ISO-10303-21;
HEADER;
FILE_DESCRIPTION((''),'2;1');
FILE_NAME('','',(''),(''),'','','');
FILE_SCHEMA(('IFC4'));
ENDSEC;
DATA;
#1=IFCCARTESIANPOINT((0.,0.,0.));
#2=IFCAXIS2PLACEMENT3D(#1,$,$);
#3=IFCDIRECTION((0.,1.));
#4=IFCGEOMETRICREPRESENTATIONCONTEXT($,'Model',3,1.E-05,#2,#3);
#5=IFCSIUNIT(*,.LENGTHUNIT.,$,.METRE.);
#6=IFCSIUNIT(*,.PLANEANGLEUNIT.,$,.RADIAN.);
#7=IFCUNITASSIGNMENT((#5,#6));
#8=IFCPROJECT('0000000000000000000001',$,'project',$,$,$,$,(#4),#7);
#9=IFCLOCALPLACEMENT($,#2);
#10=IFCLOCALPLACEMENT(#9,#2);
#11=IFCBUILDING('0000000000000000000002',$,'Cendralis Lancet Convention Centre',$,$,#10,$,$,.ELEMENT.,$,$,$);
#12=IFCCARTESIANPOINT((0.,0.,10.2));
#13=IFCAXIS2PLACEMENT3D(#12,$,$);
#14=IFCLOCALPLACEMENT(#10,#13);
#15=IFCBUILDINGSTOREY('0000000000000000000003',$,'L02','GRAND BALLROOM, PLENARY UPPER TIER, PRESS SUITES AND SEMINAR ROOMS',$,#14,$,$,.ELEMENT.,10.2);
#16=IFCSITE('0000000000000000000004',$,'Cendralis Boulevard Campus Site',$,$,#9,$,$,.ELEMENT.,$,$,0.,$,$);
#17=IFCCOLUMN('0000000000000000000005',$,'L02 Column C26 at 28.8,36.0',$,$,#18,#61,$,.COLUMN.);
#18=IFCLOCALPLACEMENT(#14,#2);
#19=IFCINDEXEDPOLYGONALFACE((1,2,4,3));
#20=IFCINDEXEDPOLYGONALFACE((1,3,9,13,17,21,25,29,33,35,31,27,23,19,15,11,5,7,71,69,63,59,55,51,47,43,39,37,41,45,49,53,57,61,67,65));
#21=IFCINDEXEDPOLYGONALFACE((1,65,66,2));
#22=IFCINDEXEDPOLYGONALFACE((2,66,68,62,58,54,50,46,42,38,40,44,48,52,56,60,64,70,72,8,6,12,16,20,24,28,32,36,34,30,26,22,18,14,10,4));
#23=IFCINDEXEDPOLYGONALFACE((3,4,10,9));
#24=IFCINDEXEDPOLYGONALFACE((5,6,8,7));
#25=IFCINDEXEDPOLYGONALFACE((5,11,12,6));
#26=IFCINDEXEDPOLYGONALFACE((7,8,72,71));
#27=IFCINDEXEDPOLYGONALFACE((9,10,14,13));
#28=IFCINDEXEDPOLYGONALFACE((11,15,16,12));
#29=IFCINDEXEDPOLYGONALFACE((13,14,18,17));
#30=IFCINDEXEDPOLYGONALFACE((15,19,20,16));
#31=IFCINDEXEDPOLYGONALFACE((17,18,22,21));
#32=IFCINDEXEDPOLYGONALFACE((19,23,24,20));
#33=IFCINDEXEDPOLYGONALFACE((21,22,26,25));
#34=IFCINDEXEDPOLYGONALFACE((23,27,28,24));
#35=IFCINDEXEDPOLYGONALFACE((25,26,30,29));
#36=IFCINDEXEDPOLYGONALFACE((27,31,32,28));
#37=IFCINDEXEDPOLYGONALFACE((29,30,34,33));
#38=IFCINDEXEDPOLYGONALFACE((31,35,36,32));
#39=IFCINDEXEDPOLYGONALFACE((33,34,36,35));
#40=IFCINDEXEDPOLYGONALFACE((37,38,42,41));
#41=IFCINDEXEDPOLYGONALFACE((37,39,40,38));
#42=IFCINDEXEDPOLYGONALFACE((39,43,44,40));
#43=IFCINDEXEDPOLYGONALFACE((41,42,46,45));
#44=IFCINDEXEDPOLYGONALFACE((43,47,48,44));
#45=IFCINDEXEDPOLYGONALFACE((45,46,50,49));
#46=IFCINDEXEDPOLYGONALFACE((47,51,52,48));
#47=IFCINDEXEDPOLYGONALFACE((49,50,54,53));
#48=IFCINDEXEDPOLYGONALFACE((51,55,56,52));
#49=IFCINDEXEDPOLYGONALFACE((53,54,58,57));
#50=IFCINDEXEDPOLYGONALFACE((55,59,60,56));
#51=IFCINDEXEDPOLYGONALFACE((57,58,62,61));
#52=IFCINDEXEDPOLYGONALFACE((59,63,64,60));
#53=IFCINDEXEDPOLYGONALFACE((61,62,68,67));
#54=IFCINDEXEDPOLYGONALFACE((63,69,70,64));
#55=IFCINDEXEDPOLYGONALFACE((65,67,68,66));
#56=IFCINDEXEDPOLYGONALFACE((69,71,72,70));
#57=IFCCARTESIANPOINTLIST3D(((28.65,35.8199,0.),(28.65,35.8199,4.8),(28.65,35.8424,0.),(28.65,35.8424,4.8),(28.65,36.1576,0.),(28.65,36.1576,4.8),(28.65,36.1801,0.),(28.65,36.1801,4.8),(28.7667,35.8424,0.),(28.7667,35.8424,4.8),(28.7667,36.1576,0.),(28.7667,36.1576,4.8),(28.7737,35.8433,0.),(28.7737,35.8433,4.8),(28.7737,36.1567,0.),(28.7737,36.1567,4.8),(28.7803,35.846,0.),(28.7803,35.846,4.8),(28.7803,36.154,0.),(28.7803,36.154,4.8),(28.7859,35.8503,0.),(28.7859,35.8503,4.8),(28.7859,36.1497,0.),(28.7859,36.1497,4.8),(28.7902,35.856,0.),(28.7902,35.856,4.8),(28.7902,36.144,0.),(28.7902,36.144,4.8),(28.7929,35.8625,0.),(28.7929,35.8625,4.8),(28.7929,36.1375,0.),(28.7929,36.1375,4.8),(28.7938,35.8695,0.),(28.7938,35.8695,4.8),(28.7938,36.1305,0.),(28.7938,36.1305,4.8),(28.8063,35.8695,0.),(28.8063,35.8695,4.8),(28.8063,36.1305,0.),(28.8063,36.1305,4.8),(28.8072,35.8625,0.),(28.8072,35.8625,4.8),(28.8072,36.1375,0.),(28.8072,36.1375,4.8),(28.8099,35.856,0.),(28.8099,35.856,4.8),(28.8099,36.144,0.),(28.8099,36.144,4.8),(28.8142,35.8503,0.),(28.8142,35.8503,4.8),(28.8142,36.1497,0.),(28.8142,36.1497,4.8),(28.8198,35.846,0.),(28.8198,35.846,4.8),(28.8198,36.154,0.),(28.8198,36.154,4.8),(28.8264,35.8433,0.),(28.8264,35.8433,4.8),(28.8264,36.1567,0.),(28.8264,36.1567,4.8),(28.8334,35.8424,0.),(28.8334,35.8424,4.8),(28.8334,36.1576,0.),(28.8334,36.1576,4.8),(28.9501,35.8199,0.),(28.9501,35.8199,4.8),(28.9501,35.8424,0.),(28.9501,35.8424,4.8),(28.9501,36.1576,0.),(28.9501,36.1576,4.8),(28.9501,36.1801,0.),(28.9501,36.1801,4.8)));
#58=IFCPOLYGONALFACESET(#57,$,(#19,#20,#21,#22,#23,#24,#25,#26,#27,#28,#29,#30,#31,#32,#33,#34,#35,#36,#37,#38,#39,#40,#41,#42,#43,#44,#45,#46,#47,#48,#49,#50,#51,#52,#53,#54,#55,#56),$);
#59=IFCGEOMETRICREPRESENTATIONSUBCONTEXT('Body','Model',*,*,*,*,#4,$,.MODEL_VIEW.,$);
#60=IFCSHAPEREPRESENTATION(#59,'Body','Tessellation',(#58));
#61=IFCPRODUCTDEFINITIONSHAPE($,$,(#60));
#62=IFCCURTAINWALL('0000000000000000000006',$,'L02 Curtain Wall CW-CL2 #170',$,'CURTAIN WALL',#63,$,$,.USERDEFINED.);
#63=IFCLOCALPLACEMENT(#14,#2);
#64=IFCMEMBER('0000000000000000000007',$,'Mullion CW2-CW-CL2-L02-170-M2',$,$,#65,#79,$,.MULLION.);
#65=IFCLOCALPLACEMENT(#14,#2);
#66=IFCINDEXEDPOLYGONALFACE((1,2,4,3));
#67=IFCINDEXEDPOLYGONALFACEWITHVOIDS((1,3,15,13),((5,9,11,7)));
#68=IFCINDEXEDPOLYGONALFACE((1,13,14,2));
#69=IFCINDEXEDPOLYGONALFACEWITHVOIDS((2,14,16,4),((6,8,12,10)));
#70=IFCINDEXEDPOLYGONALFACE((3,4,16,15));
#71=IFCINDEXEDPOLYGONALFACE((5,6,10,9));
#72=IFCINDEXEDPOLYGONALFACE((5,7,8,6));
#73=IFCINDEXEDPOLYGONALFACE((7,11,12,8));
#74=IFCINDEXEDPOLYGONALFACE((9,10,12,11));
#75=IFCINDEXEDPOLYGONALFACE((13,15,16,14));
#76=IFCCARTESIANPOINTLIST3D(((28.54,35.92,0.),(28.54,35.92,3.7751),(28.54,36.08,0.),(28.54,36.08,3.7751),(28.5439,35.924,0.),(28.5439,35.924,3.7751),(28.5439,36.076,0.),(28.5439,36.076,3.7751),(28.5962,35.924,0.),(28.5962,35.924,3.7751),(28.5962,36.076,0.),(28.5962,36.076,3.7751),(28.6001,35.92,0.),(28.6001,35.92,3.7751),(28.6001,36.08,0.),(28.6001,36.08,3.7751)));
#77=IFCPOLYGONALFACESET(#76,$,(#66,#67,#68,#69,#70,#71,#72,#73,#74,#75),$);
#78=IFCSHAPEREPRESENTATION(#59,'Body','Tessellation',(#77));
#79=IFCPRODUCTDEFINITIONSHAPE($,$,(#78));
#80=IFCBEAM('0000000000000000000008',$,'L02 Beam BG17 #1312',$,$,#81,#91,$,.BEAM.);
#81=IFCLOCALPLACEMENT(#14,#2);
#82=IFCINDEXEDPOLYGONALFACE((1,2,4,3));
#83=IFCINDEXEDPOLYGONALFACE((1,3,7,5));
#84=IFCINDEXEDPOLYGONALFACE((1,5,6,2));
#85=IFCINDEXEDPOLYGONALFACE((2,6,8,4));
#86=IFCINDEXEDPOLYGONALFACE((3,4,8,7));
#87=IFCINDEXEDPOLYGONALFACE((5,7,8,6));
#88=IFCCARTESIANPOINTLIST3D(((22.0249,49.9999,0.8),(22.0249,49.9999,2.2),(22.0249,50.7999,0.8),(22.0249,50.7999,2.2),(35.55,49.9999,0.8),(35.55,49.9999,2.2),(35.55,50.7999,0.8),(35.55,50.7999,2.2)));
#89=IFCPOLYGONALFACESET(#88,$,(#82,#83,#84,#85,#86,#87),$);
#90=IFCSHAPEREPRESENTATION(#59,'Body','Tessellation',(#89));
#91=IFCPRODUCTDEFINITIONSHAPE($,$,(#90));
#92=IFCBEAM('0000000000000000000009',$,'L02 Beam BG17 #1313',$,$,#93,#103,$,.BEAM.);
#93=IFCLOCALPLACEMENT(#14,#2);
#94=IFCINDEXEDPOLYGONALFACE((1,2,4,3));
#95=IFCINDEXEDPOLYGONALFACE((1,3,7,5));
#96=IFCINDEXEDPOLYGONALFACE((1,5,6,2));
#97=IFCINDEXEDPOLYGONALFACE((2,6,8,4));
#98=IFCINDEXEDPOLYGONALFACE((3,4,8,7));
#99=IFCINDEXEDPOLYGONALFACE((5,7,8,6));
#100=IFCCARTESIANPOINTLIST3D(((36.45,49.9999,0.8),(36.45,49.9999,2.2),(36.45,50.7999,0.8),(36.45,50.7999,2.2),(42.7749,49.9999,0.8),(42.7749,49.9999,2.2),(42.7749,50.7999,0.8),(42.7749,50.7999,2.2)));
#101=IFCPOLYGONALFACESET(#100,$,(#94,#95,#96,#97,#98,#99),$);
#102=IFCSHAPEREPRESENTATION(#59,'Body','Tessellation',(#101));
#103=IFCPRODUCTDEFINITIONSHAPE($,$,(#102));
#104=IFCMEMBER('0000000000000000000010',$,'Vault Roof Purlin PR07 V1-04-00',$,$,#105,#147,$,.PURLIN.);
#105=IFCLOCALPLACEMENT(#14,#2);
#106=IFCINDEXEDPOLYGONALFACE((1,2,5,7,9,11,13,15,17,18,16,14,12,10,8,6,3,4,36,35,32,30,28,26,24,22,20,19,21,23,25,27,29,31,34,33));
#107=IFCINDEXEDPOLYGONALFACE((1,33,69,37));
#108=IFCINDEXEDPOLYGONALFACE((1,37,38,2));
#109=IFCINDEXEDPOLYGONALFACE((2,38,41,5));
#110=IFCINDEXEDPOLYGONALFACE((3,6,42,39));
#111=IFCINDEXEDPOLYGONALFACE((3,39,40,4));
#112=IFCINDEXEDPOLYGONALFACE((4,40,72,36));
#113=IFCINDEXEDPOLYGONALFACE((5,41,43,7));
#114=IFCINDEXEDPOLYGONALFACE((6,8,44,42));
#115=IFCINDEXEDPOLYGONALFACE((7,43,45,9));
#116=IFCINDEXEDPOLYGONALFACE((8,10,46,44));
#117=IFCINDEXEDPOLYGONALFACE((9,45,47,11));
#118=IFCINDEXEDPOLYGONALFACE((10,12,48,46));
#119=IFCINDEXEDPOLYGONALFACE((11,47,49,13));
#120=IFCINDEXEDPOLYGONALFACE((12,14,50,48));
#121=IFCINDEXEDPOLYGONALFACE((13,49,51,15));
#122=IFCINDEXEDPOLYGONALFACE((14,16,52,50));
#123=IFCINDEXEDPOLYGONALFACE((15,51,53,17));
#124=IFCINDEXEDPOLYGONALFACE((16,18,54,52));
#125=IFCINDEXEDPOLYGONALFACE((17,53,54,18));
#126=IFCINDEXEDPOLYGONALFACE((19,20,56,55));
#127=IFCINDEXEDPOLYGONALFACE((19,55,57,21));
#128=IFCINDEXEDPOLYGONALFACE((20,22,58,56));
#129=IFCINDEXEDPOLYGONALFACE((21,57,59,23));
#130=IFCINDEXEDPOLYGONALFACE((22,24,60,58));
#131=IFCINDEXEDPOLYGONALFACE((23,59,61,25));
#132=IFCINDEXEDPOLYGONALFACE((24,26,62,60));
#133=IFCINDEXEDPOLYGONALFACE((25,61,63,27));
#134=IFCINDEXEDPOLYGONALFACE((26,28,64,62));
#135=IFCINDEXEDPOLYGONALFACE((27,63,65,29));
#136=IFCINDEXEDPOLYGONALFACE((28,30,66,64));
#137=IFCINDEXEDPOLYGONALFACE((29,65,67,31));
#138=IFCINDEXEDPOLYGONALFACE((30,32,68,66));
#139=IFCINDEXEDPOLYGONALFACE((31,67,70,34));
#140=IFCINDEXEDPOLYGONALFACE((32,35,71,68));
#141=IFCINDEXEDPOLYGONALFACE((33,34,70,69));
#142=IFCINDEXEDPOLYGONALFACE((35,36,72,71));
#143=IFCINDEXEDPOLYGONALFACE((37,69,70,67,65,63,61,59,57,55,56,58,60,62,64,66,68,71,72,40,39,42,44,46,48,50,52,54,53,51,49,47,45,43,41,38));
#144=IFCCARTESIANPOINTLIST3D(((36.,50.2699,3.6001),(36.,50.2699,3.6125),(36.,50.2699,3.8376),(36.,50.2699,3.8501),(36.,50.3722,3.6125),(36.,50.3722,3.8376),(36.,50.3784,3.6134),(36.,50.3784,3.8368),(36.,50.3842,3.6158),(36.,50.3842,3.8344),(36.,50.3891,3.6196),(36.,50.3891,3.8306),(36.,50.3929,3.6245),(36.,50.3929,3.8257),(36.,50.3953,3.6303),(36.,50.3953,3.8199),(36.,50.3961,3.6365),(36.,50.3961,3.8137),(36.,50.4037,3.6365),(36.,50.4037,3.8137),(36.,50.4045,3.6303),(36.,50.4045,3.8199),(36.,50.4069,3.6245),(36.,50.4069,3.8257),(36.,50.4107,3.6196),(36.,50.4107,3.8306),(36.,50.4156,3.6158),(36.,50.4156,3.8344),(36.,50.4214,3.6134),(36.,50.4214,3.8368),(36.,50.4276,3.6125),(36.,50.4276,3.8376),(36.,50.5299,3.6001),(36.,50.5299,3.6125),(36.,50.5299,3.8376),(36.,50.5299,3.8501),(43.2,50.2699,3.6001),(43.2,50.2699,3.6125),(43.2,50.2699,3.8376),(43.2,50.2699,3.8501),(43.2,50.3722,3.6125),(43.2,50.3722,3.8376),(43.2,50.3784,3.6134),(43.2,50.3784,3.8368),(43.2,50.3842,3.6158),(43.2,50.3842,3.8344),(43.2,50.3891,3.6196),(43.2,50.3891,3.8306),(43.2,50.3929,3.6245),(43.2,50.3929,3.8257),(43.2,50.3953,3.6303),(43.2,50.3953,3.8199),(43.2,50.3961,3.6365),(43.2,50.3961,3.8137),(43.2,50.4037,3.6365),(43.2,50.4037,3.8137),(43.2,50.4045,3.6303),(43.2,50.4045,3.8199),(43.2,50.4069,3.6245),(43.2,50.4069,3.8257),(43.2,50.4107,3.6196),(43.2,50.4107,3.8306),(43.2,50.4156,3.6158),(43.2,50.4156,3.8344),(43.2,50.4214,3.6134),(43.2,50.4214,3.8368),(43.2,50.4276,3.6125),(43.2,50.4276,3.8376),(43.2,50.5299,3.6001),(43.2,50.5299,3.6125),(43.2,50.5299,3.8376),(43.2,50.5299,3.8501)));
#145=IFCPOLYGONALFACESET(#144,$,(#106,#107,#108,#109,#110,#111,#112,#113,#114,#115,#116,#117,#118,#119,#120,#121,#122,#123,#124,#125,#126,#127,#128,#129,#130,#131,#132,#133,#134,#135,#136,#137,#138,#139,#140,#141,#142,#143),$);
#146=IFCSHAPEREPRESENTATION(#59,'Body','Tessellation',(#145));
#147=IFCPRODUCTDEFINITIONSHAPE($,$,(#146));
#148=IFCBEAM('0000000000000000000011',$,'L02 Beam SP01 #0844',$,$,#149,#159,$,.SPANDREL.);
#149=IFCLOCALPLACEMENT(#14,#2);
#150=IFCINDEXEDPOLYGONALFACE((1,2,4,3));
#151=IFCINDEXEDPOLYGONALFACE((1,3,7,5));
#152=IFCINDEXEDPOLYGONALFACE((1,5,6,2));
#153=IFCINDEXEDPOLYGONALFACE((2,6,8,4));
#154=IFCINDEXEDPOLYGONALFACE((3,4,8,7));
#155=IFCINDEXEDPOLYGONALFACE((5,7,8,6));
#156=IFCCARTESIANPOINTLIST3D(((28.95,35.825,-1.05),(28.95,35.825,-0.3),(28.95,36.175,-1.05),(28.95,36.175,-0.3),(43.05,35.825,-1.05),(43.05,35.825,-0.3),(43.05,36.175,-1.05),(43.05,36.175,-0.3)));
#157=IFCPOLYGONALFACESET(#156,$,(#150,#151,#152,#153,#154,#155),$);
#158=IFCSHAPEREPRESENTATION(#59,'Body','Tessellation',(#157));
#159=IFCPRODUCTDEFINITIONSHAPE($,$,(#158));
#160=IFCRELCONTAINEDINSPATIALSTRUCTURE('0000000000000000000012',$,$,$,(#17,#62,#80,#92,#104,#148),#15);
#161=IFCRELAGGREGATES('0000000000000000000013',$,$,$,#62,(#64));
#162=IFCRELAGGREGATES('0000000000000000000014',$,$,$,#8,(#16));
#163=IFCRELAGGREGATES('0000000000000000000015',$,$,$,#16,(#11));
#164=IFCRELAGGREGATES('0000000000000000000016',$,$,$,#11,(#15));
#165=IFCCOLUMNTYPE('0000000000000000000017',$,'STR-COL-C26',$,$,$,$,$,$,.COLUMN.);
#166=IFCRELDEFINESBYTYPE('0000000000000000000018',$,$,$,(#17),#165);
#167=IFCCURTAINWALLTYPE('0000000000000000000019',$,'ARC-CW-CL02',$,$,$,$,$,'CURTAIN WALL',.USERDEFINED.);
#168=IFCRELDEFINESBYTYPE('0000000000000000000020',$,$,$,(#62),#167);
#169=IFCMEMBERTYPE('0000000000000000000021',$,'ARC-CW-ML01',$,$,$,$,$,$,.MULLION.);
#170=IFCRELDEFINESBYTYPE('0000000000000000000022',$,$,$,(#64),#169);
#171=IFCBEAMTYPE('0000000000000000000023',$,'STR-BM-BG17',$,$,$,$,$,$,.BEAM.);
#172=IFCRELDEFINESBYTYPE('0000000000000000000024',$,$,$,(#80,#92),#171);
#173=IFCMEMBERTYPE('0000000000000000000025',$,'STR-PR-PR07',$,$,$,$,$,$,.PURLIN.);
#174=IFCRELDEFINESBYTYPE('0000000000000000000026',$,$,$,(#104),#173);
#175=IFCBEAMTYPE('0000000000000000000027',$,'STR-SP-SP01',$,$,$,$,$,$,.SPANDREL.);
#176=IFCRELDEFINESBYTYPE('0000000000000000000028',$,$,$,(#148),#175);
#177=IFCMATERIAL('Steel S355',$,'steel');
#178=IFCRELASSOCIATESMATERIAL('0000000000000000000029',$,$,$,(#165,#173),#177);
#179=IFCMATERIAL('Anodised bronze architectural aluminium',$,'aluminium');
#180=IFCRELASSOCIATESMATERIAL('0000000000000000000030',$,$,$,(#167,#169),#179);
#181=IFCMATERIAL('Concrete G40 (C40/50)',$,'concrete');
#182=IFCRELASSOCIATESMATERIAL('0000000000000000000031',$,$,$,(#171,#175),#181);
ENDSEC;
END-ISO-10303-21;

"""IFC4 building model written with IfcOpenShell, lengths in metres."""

from ifc_helpers import new_model, si_unit, direction, frame, origin, origin_2d, place, context, subcontext, project, spatial, rectangle, hollow_rectangle, i_section, extrude, material, material_profile, profile_set, type_object, element, aggregate, save


model = new_model("IFC4")

# Units and contexts
model_context = context("Model", 3, precision=1e-05, world=origin(), true_north=direction((0.0, 1.0)))
body_context = subcontext(model_context, "Body", "Model", "MODEL_VIEW")
ifc_project = project(units=[si_unit("LENGTHUNIT", "METRE"), si_unit("PLANEANGLEUNIT", "RADIAN")], contexts=[model_context])

# Site, building, storey
site_placement = place(None, origin())
site = spatial("IfcSite", under=ifc_project, at=site_placement, Name="Cendralis Boulevard Campus Site", CompositionType="ELEMENT", RefElevation=0.0)
building_placement = place(site_placement, origin())
building = spatial("IfcBuilding", under=site, at=building_placement, Name="Cendralis Lancet Convention Centre", CompositionType="ELEMENT")
storey_placement = place(building_placement, frame((0.0, 0.0, 10.2)))
storey = spatial("IfcBuildingStorey", under=building, at=storey_placement, Name="L02", Description="GRAND BALLROOM, PLENARY UPPER TIER, PRESS SUITES AND SEMINAR ROOMS", CompositionType="ELEMENT", Elevation=10.2)

# Column
ifc_material_1 = material(Name="Steel S355", Category="steel")
ifc_material_profile_1 = material_profile(ifc_material_1, i_section(OverallWidth=0.3, OverallDepth=0.3601, WebThickness=0.0125, FlangeThickness=0.0225, FilletRadius=0.0271, at=origin_2d()), Name="HEB 360")
ifc_profile_set_1 = profile_set([ifc_material_profile_1], Name="Steel S355")
column_type = type_object("IfcColumnType", Name="STR-COL-C26", PredefinedType="COLUMN", material=ifc_profile_set_1)
column_placement = place(storey_placement, frame((28.8, 36.0, 0.0), z_axis=(0.0, 0.0, 1.0), x_axis=(1.0, 0.0, 0.0)))
element("IfcColumn", 1, at=column_placement, inside=storey, type_object=column_type, Name="L02 Column C26 at 28.8,36.0", PredefinedType="COLUMN", context=body_context, shape_type="SweptSolid", body=[
    extrude(i_section(OverallWidth=0.3, OverallDepth=0.3601, WebThickness=0.0125, FlangeThickness=0.0225, FilletRadius=0.0271, at=origin_2d()), origin(), (0.0, 0.0, 1.0), 4.8),
])

# Curtain wall, member
ifc_material_2 = material(Name="Anodised bronze architectural aluminium", Category="aluminium")
curtain_wall_type = type_object("IfcCurtainWallType", Name="ARC-CW-CL02", ElementType="CURTAIN WALL", PredefinedType="USERDEFINED", material=ifc_material_2)
curtain_wall_placement = place(storey_placement, origin())
curtain_wall = element("IfcCurtainWall", 2, at=curtain_wall_placement, inside=storey, type_object=curtain_wall_type, Name="L02 Curtain Wall CW-CL2 #170", ObjectType="CURTAIN WALL", PredefinedType="USERDEFINED")
ifc_material_profile_2 = material_profile(ifc_material_2, hollow_rectangle(XDim=0.0601, YDim=0.1599, WallThickness=0.0039, at=origin_2d()), Name="AL-MULL 60x160x4.0")
ifc_profile_set_2 = profile_set([ifc_material_profile_2], Name="Anodised bronze architectural aluminium")
member_type_1 = type_object("IfcMemberType", Name="ARC-CW-ML01", PredefinedType="MULLION", material=ifc_profile_set_2)
member_1_placement = place(storey_placement, frame((28.5701, 36.0, 0.0), z_axis=(0.0, 0.0, 1.0), x_axis=(1.0, 0.0, 0.0)))
member_1 = element("IfcMember", 3, at=member_1_placement, type_object=member_type_1, Name="Mullion CW2-CW-CL2-L02-170-M2", PredefinedType="MULLION", context=body_context, shape_type="SweptSolid", body=[
    extrude(hollow_rectangle(XDim=0.0601, YDim=0.1599, WallThickness=0.0039, at=origin_2d()), origin(), (0.0, 0.0, 1.0), 3.7751),
])

# Beams
ifc_material_3 = material(Name="Concrete G40 (C40/50)", Category="concrete")
ifc_material_profile_3 = material_profile(ifc_material_3, rectangle(XDim=0.8, YDim=1.3999, at=origin_2d()), Name="RCB 800x1400")
ifc_profile_set_3 = profile_set([ifc_material_profile_3], Name="Concrete G40 (C40/50)")
beam_type_1 = type_object("IfcBeamType", Name="STR-BM-BG17", PredefinedType="BEAM", material=ifc_profile_set_3)
beam_1_placement = place(storey_placement, frame((22.0249, 50.3999, 1.5), z_axis=(1.0, 0.0, 0.0), x_axis=(0.0, 1.0, 0.0)))
element("IfcBeam", 4, at=beam_1_placement, inside=storey, type_object=beam_type_1, Name="L02 Beam BG17 #1312", PredefinedType="BEAM", context=body_context, shape_type="SweptSolid", body=[
    extrude(rectangle(XDim=0.8, YDim=1.3999, at=origin_2d()), origin(), (0.0, 0.0, 1.0), 13.5251),
])
beam_2_placement = place(storey_placement, frame((36.45, 50.3999, 1.5), z_axis=(1.0, 0.0, 0.0), x_axis=(0.0, 1.0, 0.0)))
element("IfcBeam", 5, at=beam_2_placement, inside=storey, type_object=beam_type_1, Name="L02 Beam BG17 #1313", PredefinedType="BEAM", context=body_context, shape_type="SweptSolid", body=[
    extrude(rectangle(XDim=0.8, YDim=1.3999, at=origin_2d()), origin(), (0.0, 0.0, 1.0), 6.325),
])

# Member
ifc_material_profile_4 = material_profile(ifc_material_1, i_section(OverallWidth=0.26, OverallDepth=0.25, WebThickness=0.0076, FlangeThickness=0.0125, FilletRadius=0.0239, at=origin_2d()), Name="HEA 260")
ifc_profile_set_4 = profile_set([ifc_material_profile_4], Name="Steel S355")
member_type_2 = type_object("IfcMemberType", Name="STR-PR-PR07", PredefinedType="PURLIN", material=ifc_profile_set_4)
member_2_placement = place(storey_placement, frame((36.0, 50.3999, 3.7251), z_axis=(1.0, 0.0, 0.0), x_axis=(0.0, 1.0, 0.0)))
element("IfcMember", 6, at=member_2_placement, inside=storey, type_object=member_type_2, Name="Vault Roof Purlin PR07 V1-04-00", PredefinedType="PURLIN", context=body_context, shape_type="SweptSolid", body=[
    extrude(i_section(OverallWidth=0.26, OverallDepth=0.25, WebThickness=0.0076, FlangeThickness=0.0125, FilletRadius=0.0239, at=origin_2d()), origin(), (0.0, 0.0, 1.0), 7.2),
])

# Beam
ifc_material_profile_5 = material_profile(ifc_material_3, rectangle(XDim=0.3501, YDim=0.75, at=origin_2d()), Name="RCB 350x750")
ifc_profile_set_5 = profile_set([ifc_material_profile_5], Name="Concrete G40 (C40/50)")
beam_type_2 = type_object("IfcBeamType", Name="STR-SP-SP01", PredefinedType="SPANDREL", material=ifc_profile_set_5)
beam_3_placement = place(storey_placement, frame((28.95, 36.0, -0.675), z_axis=(1.0, 0.0, 0.0), x_axis=(0.0, 1.0, 0.0)))
element("IfcBeam", 7, at=beam_3_placement, inside=storey, type_object=beam_type_2, Name="L02 Beam SP01 #0844", PredefinedType="SPANDREL", context=body_context, shape_type="SweptSolid", body=[
    extrude(rectangle(XDim=0.3501, YDim=0.75, at=origin_2d()), origin(), (0.0, 0.0, 1.0), 14.1001),
])

aggregate(curtain_wall, [member_1])

save(model, "model.ifc")
